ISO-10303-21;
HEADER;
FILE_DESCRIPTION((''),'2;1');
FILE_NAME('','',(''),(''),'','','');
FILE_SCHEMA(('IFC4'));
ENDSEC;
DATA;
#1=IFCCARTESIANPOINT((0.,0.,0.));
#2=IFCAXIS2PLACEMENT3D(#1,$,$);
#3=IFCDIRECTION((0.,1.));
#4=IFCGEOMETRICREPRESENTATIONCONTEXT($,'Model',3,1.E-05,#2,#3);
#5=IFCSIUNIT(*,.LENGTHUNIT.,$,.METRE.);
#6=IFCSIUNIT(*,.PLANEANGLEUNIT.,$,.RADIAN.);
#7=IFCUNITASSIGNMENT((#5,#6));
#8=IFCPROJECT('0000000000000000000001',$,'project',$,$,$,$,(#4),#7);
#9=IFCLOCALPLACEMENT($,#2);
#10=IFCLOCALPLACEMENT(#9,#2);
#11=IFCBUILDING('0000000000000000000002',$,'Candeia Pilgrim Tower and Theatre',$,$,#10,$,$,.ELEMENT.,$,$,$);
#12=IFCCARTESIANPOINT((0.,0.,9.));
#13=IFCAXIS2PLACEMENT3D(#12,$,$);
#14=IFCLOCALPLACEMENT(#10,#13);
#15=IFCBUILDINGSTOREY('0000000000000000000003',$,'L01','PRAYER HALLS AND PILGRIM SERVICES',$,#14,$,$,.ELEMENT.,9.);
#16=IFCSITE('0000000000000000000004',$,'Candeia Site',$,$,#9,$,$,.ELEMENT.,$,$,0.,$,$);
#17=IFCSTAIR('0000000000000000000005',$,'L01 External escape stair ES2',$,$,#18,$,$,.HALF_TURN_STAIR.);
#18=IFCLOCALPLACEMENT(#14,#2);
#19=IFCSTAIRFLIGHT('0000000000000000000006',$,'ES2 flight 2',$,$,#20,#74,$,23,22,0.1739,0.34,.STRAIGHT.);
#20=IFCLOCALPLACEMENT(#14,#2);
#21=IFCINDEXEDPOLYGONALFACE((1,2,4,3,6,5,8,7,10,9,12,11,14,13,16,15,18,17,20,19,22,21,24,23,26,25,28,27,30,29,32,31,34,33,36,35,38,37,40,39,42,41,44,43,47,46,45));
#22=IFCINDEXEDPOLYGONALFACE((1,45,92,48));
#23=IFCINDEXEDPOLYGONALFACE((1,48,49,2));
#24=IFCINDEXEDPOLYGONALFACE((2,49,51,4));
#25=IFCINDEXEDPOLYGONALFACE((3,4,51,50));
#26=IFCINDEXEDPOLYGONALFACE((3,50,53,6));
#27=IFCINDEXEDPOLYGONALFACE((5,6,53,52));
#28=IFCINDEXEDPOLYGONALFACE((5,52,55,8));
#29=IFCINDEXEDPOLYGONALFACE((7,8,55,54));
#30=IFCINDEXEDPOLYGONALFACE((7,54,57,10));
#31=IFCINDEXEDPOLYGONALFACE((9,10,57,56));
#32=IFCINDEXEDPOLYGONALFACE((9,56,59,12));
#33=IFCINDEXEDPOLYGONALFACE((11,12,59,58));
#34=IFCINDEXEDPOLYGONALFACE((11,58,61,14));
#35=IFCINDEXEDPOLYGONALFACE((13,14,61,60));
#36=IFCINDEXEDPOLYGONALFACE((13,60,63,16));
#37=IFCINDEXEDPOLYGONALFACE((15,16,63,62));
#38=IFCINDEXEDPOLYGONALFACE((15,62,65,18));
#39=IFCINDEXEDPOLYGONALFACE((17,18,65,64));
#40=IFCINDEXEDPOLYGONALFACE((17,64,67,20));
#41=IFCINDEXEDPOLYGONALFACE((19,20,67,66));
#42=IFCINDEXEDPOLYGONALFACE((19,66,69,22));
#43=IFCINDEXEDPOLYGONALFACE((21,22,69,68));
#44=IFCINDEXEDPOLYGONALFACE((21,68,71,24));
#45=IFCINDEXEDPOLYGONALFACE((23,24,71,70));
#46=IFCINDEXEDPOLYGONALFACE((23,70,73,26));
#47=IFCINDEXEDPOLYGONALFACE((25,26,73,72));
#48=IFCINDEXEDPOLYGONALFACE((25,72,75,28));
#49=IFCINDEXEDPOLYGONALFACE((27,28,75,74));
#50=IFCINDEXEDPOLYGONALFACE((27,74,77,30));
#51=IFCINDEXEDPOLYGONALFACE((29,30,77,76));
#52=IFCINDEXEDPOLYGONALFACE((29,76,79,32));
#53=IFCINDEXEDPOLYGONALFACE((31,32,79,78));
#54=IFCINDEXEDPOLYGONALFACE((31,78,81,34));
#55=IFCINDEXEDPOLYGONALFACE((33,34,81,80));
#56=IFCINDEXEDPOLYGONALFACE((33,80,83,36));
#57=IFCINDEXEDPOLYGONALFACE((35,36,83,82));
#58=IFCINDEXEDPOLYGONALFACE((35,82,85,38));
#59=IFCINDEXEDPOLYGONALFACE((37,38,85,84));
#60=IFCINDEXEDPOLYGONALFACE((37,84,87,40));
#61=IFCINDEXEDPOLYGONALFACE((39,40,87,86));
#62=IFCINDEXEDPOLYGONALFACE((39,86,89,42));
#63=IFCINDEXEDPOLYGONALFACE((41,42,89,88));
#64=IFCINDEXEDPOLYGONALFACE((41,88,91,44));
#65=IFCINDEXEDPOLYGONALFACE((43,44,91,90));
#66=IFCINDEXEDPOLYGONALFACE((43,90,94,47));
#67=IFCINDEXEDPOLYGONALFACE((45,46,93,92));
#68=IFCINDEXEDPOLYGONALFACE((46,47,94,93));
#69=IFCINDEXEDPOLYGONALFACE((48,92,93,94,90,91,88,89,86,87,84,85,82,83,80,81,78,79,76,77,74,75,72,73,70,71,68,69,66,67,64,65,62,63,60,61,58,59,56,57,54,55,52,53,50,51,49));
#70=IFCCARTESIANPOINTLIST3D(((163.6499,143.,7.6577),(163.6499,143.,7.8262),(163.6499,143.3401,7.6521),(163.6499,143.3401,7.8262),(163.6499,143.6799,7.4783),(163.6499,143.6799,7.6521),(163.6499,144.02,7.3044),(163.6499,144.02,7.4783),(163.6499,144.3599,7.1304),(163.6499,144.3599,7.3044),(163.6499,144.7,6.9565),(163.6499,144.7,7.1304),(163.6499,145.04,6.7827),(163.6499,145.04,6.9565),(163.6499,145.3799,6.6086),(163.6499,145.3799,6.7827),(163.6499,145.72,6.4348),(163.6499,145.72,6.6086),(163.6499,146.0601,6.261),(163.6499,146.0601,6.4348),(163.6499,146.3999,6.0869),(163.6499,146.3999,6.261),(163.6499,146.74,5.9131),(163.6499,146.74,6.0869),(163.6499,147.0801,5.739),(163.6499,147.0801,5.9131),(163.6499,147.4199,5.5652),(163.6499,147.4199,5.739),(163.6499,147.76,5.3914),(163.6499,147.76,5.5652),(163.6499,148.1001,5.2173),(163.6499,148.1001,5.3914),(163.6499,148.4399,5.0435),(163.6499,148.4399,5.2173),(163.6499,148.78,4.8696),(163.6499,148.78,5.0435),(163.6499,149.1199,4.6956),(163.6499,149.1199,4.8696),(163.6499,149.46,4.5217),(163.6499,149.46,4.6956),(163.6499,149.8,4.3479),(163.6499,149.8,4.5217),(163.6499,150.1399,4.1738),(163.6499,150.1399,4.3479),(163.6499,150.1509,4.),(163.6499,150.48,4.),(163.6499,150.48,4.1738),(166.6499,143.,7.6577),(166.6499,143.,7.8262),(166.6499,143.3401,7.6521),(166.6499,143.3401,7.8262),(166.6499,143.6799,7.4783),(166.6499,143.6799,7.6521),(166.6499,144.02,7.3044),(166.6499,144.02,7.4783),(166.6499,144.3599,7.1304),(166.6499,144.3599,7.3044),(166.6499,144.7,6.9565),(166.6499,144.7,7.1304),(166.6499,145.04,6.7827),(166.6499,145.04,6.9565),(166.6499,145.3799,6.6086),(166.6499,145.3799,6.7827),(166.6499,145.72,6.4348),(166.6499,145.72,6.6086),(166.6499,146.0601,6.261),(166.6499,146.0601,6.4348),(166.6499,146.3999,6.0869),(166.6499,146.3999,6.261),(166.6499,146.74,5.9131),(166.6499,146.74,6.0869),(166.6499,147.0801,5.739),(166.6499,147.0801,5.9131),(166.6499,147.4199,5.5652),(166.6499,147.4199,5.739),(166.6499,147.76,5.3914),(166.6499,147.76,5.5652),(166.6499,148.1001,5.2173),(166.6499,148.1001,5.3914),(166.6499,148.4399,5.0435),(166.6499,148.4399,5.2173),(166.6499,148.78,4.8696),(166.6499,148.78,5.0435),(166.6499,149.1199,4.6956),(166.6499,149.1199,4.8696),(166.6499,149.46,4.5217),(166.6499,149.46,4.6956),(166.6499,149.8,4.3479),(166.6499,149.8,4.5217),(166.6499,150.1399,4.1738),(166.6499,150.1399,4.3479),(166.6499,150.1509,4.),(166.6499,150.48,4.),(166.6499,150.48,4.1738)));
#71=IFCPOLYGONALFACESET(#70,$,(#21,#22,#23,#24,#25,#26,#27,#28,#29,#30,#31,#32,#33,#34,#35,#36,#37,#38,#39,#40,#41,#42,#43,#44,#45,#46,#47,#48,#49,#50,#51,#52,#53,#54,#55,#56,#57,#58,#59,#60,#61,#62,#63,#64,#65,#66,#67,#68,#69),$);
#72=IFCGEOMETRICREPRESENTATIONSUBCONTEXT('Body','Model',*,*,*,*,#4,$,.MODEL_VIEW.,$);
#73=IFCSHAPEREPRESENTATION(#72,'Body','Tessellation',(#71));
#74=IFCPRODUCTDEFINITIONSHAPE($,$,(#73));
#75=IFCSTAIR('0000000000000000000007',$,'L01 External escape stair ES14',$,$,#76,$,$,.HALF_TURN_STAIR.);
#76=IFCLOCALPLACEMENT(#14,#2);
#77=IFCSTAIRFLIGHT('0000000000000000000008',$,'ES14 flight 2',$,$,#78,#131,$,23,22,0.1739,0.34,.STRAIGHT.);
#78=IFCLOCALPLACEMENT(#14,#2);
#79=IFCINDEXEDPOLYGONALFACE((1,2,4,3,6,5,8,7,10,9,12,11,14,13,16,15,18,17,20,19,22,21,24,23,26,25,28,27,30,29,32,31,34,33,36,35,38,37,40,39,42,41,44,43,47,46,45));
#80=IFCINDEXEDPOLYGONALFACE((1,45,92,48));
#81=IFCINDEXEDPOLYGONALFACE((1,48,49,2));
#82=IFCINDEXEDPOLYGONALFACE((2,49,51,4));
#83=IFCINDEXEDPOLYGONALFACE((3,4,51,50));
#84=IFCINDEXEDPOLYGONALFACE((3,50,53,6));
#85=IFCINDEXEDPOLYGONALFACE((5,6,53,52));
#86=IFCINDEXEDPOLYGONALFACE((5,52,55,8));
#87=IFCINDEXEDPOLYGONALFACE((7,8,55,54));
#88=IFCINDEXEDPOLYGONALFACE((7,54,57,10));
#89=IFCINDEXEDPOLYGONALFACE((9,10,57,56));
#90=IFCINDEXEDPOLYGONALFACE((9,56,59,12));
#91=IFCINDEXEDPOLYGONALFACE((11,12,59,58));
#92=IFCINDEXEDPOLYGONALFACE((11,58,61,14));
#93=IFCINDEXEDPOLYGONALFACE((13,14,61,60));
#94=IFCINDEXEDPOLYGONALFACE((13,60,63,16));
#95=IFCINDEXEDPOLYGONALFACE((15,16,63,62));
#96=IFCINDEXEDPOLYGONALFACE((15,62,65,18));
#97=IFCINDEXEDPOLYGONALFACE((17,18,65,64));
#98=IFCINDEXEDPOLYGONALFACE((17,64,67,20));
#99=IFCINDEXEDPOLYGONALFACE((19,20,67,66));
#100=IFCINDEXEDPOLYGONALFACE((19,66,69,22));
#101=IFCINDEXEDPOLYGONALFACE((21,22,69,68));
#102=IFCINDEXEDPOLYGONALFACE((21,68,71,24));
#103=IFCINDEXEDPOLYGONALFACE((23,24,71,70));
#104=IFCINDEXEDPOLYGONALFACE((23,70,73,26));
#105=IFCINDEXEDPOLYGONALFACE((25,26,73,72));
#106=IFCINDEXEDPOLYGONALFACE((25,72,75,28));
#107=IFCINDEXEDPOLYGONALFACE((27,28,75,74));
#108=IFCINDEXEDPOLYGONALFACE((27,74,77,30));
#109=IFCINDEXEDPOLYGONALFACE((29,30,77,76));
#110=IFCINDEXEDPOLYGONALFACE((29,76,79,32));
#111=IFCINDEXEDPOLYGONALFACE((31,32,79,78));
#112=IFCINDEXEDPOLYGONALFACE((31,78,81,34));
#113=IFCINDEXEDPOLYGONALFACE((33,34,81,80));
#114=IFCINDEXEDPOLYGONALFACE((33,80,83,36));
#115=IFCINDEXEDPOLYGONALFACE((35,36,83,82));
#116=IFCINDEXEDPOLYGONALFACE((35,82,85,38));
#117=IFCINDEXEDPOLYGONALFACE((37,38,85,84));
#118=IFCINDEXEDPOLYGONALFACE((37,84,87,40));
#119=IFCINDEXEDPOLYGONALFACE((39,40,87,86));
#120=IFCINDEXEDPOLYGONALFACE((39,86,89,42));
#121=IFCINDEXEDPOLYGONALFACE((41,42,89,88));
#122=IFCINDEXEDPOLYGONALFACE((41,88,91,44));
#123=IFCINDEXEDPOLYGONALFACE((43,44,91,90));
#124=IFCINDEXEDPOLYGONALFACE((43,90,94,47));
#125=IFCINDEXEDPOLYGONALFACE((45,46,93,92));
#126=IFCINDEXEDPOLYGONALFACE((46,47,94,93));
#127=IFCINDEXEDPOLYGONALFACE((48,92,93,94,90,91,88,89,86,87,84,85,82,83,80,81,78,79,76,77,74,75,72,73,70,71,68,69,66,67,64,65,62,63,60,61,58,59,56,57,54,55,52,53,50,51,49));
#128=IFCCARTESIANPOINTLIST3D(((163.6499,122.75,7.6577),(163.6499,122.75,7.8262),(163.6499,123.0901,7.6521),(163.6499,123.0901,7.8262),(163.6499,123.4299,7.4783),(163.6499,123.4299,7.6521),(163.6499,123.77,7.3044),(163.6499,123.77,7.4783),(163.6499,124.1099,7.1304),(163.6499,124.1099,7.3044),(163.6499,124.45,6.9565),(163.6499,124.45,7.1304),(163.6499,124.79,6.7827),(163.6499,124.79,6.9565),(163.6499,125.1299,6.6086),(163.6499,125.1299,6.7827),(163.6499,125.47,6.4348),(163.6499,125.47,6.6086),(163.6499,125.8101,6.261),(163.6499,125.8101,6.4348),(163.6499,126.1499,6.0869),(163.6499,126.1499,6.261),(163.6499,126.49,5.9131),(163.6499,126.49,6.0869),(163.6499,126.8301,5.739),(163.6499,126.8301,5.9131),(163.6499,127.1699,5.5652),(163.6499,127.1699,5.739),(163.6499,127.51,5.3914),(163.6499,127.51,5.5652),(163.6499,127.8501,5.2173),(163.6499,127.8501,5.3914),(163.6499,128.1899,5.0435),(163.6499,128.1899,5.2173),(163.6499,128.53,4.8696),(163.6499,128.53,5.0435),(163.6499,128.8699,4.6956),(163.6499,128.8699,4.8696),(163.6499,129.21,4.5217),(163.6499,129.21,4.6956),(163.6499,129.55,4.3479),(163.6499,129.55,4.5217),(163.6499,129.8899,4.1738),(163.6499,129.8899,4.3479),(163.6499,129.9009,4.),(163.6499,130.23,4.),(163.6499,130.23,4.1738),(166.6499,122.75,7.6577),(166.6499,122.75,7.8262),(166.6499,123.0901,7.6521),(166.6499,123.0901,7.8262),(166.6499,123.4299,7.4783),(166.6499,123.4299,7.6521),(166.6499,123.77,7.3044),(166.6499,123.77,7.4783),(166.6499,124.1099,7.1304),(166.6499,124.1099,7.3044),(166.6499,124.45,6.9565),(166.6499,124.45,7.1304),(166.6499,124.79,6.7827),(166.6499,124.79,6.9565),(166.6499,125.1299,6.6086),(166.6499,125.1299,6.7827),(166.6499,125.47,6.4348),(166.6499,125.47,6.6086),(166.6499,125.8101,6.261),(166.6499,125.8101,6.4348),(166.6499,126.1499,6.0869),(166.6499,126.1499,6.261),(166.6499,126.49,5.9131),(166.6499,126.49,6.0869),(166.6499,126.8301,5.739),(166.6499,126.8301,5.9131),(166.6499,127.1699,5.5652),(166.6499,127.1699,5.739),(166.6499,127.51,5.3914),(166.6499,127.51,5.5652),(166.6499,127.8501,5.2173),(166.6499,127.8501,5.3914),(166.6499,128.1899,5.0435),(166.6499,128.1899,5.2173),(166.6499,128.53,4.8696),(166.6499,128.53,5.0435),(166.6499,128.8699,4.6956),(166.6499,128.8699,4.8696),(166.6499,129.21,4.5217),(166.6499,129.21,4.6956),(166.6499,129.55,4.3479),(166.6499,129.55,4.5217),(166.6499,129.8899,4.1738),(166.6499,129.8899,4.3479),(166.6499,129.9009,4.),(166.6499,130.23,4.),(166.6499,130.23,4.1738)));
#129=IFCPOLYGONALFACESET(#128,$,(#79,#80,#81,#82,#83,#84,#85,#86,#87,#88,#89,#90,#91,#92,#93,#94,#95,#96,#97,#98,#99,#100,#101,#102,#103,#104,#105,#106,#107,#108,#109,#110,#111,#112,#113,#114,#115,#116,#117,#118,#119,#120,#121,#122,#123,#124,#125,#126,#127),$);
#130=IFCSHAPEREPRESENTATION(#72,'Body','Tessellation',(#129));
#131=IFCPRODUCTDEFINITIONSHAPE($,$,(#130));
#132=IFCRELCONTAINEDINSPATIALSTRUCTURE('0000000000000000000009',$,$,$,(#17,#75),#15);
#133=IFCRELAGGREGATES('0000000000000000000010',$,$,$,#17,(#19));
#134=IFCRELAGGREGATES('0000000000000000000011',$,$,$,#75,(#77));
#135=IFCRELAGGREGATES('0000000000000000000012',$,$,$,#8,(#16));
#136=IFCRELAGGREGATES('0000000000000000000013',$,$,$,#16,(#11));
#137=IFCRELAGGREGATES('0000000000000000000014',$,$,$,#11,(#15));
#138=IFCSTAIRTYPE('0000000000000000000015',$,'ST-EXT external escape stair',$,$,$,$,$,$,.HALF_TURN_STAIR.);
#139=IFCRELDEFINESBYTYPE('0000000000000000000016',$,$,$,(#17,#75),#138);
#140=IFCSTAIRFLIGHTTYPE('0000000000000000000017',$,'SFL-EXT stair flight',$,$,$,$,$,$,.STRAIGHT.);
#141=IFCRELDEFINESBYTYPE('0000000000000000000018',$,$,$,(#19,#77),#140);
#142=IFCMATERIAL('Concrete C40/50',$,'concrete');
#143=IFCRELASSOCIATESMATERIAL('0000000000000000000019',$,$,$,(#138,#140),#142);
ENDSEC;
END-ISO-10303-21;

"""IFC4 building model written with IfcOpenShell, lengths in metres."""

from ifc_helpers import new_model, si_unit, direction, frame, origin, place, context, subcontext, project, spatial, polyline, outline, extrude, material, type_object, element, aggregate, save


model = new_model("IFC4")

# Units and contexts
model_context = context("Model", 3, precision=1e-05, world=origin(), true_north=direction((0.0, 1.0)))
body_context = subcontext(model_context, "Body", "Model", "MODEL_VIEW")
ifc_project = project(units=[si_unit("LENGTHUNIT", "METRE"), si_unit("PLANEANGLEUNIT", "RADIAN")], contexts=[model_context])

# Site, building, storey
site_placement = place(None, origin())
site = spatial("IfcSite", under=ifc_project, at=site_placement, Name="Candeia Site", CompositionType="ELEMENT", RefElevation=0.0)
building_placement = place(site_placement, origin())
building = spatial("IfcBuilding", under=site, at=building_placement, Name="Candeia Pilgrim Tower and Theatre", CompositionType="ELEMENT")
storey_placement = place(building_placement, frame((0.0, 0.0, 9.0)))
storey = spatial("IfcBuildingStorey", under=building, at=storey_placement, Name="L01", Description="PRAYER HALLS AND PILGRIM SERVICES", CompositionType="ELEMENT", Elevation=9.0)

# Shared definitions
ifc_material_1 = material(Name="Concrete C40/50", Category="concrete")

# Stair, stair flight
stair_type = type_object("IfcStairType", Name="ST-EXT external escape stair", PredefinedType="HALF_TURN_STAIR", material=ifc_material_1)
stair_1_placement = place(storey_placement, origin())
stair_1 = element("IfcStair", 1, at=stair_1_placement, inside=storey, type_object=stair_type, Name="L01 External escape stair ES2", PredefinedType="HALF_TURN_STAIR")
stair_flight_type = type_object("IfcStairFlightType", Name="SFL-EXT stair flight", PredefinedType="STRAIGHT", material=ifc_material_1)
stair_flight_1_placement = place(storey_placement, frame((165.1499, 150.48, 4.0), z_axis=(0.0, 0.0, 1.0), x_axis=(0.0, -1.0, 0.0)))
stair_flight_1 = element("IfcStairFlight", 2, at=stair_flight_1_placement, type_object=stair_flight_type, Name="ES2 flight 2", NumberOfRisers=23, NumberOfTreads=22, PredefinedType="STRAIGHT", RiserHeight=0.1739, TreadLength=0.34, context=body_context, shape_type="SweptSolid", body=[
    extrude(outline(polyline([(0.0, 0.0), (0.0, 0.1738), (0.3401, 0.1738), (0.3401, 0.3479), (0.6799, 0.3479), (0.6799, 0.5217), (1.02, 0.5217), (1.02, 0.6956), (1.3601, 0.6956), (1.3601, 0.8696), (1.7, 0.8696), (1.7, 1.0435), (2.04, 1.0435), (2.04, 1.2173), (2.3799, 1.2173), (2.3799, 1.3914), (2.72, 1.3914), (2.72, 1.5652), (3.0601, 1.5652), (3.0601, 1.739), (3.3999, 1.739), (3.3999, 1.9131), (3.74, 1.9131), (3.74, 2.0869), (4.0801, 2.0869), (4.0801, 2.261), (4.4199, 2.261), (4.4199, 2.4348), (4.76, 2.4348), (4.76, 2.6086), (5.1001, 2.6086), (5.1001, 2.7827), (5.4399, 2.7827), (5.4399, 2.9565), (5.78, 2.9565), (5.78, 3.1304), (6.1201, 3.1304), (6.1201, 3.3044), (6.46, 3.3044), (6.46, 3.4783), (6.8, 3.4783), (6.8, 3.6521), (7.1399, 3.6521), (7.1399, 3.8262), (7.48, 3.8262), (7.48, 4.0), (7.48, 3.6577), (0.3291, 0.0), (0.0, 0.0)])), frame((0.0, 1.5, 0.0), z_axis=(0.0, -1.0, 0.0), x_axis=(1.0, 0.0, 0.0)), (0.0, 0.0, 1.0), 3.0),
])
aggregate(stair_1, [stair_flight_1])

# Stair, stair flight
stair_2_placement = place(storey_placement, origin())
stair_2 = element("IfcStair", 3, at=stair_2_placement, inside=storey, type_object=stair_type, Name="L01 External escape stair ES14", PredefinedType="HALF_TURN_STAIR")
stair_flight_2_placement = place(storey_placement, frame((165.1499, 130.23, 4.0), z_axis=(0.0, 0.0, 1.0), x_axis=(0.0, -1.0, 0.0)))
stair_flight_2 = element("IfcStairFlight", 4, at=stair_flight_2_placement, type_object=stair_flight_type, Name="ES14 flight 2", NumberOfRisers=23, NumberOfTreads=22, PredefinedType="STRAIGHT", RiserHeight=0.1739, TreadLength=0.34, context=body_context, shape_type="SweptSolid", body=[
    extrude(outline(polyline([(0.0, 0.0), (0.0, 0.1738), (0.3401, 0.1738), (0.3401, 0.3479), (0.6799, 0.3479), (0.6799, 0.5217), (1.02, 0.5217), (1.02, 0.6956), (1.3601, 0.6956), (1.3601, 0.8696), (1.7, 0.8696), (1.7, 1.0435), (2.04, 1.0435), (2.04, 1.2173), (2.3799, 1.2173), (2.3799, 1.3914), (2.72, 1.3914), (2.72, 1.5652), (3.0601, 1.5652), (3.0601, 1.739), (3.3999, 1.739), (3.3999, 1.9131), (3.74, 1.9131), (3.74, 2.0869), (4.0801, 2.0869), (4.0801, 2.261), (4.4199, 2.261), (4.4199, 2.4348), (4.76, 2.4348), (4.76, 2.6086), (5.1001, 2.6086), (5.1001, 2.7827), (5.4399, 2.7827), (5.4399, 2.9565), (5.78, 2.9565), (5.78, 3.1304), (6.1201, 3.1304), (6.1201, 3.3044), (6.46, 3.3044), (6.46, 3.4783), (6.8, 3.4783), (6.8, 3.6521), (7.1399, 3.6521), (7.1399, 3.8262), (7.48, 3.8262), (7.48, 4.0), (7.48, 3.6577), (0.3291, 0.0), (0.0, 0.0)])), frame((0.0, 1.5, 0.0), z_axis=(0.0, -1.0, 0.0), x_axis=(1.0, 0.0, 0.0)), (0.0, 0.0, 1.0), 3.0),
])
aggregate(stair_2, [stair_flight_2])

save(model, "model.ifc")
